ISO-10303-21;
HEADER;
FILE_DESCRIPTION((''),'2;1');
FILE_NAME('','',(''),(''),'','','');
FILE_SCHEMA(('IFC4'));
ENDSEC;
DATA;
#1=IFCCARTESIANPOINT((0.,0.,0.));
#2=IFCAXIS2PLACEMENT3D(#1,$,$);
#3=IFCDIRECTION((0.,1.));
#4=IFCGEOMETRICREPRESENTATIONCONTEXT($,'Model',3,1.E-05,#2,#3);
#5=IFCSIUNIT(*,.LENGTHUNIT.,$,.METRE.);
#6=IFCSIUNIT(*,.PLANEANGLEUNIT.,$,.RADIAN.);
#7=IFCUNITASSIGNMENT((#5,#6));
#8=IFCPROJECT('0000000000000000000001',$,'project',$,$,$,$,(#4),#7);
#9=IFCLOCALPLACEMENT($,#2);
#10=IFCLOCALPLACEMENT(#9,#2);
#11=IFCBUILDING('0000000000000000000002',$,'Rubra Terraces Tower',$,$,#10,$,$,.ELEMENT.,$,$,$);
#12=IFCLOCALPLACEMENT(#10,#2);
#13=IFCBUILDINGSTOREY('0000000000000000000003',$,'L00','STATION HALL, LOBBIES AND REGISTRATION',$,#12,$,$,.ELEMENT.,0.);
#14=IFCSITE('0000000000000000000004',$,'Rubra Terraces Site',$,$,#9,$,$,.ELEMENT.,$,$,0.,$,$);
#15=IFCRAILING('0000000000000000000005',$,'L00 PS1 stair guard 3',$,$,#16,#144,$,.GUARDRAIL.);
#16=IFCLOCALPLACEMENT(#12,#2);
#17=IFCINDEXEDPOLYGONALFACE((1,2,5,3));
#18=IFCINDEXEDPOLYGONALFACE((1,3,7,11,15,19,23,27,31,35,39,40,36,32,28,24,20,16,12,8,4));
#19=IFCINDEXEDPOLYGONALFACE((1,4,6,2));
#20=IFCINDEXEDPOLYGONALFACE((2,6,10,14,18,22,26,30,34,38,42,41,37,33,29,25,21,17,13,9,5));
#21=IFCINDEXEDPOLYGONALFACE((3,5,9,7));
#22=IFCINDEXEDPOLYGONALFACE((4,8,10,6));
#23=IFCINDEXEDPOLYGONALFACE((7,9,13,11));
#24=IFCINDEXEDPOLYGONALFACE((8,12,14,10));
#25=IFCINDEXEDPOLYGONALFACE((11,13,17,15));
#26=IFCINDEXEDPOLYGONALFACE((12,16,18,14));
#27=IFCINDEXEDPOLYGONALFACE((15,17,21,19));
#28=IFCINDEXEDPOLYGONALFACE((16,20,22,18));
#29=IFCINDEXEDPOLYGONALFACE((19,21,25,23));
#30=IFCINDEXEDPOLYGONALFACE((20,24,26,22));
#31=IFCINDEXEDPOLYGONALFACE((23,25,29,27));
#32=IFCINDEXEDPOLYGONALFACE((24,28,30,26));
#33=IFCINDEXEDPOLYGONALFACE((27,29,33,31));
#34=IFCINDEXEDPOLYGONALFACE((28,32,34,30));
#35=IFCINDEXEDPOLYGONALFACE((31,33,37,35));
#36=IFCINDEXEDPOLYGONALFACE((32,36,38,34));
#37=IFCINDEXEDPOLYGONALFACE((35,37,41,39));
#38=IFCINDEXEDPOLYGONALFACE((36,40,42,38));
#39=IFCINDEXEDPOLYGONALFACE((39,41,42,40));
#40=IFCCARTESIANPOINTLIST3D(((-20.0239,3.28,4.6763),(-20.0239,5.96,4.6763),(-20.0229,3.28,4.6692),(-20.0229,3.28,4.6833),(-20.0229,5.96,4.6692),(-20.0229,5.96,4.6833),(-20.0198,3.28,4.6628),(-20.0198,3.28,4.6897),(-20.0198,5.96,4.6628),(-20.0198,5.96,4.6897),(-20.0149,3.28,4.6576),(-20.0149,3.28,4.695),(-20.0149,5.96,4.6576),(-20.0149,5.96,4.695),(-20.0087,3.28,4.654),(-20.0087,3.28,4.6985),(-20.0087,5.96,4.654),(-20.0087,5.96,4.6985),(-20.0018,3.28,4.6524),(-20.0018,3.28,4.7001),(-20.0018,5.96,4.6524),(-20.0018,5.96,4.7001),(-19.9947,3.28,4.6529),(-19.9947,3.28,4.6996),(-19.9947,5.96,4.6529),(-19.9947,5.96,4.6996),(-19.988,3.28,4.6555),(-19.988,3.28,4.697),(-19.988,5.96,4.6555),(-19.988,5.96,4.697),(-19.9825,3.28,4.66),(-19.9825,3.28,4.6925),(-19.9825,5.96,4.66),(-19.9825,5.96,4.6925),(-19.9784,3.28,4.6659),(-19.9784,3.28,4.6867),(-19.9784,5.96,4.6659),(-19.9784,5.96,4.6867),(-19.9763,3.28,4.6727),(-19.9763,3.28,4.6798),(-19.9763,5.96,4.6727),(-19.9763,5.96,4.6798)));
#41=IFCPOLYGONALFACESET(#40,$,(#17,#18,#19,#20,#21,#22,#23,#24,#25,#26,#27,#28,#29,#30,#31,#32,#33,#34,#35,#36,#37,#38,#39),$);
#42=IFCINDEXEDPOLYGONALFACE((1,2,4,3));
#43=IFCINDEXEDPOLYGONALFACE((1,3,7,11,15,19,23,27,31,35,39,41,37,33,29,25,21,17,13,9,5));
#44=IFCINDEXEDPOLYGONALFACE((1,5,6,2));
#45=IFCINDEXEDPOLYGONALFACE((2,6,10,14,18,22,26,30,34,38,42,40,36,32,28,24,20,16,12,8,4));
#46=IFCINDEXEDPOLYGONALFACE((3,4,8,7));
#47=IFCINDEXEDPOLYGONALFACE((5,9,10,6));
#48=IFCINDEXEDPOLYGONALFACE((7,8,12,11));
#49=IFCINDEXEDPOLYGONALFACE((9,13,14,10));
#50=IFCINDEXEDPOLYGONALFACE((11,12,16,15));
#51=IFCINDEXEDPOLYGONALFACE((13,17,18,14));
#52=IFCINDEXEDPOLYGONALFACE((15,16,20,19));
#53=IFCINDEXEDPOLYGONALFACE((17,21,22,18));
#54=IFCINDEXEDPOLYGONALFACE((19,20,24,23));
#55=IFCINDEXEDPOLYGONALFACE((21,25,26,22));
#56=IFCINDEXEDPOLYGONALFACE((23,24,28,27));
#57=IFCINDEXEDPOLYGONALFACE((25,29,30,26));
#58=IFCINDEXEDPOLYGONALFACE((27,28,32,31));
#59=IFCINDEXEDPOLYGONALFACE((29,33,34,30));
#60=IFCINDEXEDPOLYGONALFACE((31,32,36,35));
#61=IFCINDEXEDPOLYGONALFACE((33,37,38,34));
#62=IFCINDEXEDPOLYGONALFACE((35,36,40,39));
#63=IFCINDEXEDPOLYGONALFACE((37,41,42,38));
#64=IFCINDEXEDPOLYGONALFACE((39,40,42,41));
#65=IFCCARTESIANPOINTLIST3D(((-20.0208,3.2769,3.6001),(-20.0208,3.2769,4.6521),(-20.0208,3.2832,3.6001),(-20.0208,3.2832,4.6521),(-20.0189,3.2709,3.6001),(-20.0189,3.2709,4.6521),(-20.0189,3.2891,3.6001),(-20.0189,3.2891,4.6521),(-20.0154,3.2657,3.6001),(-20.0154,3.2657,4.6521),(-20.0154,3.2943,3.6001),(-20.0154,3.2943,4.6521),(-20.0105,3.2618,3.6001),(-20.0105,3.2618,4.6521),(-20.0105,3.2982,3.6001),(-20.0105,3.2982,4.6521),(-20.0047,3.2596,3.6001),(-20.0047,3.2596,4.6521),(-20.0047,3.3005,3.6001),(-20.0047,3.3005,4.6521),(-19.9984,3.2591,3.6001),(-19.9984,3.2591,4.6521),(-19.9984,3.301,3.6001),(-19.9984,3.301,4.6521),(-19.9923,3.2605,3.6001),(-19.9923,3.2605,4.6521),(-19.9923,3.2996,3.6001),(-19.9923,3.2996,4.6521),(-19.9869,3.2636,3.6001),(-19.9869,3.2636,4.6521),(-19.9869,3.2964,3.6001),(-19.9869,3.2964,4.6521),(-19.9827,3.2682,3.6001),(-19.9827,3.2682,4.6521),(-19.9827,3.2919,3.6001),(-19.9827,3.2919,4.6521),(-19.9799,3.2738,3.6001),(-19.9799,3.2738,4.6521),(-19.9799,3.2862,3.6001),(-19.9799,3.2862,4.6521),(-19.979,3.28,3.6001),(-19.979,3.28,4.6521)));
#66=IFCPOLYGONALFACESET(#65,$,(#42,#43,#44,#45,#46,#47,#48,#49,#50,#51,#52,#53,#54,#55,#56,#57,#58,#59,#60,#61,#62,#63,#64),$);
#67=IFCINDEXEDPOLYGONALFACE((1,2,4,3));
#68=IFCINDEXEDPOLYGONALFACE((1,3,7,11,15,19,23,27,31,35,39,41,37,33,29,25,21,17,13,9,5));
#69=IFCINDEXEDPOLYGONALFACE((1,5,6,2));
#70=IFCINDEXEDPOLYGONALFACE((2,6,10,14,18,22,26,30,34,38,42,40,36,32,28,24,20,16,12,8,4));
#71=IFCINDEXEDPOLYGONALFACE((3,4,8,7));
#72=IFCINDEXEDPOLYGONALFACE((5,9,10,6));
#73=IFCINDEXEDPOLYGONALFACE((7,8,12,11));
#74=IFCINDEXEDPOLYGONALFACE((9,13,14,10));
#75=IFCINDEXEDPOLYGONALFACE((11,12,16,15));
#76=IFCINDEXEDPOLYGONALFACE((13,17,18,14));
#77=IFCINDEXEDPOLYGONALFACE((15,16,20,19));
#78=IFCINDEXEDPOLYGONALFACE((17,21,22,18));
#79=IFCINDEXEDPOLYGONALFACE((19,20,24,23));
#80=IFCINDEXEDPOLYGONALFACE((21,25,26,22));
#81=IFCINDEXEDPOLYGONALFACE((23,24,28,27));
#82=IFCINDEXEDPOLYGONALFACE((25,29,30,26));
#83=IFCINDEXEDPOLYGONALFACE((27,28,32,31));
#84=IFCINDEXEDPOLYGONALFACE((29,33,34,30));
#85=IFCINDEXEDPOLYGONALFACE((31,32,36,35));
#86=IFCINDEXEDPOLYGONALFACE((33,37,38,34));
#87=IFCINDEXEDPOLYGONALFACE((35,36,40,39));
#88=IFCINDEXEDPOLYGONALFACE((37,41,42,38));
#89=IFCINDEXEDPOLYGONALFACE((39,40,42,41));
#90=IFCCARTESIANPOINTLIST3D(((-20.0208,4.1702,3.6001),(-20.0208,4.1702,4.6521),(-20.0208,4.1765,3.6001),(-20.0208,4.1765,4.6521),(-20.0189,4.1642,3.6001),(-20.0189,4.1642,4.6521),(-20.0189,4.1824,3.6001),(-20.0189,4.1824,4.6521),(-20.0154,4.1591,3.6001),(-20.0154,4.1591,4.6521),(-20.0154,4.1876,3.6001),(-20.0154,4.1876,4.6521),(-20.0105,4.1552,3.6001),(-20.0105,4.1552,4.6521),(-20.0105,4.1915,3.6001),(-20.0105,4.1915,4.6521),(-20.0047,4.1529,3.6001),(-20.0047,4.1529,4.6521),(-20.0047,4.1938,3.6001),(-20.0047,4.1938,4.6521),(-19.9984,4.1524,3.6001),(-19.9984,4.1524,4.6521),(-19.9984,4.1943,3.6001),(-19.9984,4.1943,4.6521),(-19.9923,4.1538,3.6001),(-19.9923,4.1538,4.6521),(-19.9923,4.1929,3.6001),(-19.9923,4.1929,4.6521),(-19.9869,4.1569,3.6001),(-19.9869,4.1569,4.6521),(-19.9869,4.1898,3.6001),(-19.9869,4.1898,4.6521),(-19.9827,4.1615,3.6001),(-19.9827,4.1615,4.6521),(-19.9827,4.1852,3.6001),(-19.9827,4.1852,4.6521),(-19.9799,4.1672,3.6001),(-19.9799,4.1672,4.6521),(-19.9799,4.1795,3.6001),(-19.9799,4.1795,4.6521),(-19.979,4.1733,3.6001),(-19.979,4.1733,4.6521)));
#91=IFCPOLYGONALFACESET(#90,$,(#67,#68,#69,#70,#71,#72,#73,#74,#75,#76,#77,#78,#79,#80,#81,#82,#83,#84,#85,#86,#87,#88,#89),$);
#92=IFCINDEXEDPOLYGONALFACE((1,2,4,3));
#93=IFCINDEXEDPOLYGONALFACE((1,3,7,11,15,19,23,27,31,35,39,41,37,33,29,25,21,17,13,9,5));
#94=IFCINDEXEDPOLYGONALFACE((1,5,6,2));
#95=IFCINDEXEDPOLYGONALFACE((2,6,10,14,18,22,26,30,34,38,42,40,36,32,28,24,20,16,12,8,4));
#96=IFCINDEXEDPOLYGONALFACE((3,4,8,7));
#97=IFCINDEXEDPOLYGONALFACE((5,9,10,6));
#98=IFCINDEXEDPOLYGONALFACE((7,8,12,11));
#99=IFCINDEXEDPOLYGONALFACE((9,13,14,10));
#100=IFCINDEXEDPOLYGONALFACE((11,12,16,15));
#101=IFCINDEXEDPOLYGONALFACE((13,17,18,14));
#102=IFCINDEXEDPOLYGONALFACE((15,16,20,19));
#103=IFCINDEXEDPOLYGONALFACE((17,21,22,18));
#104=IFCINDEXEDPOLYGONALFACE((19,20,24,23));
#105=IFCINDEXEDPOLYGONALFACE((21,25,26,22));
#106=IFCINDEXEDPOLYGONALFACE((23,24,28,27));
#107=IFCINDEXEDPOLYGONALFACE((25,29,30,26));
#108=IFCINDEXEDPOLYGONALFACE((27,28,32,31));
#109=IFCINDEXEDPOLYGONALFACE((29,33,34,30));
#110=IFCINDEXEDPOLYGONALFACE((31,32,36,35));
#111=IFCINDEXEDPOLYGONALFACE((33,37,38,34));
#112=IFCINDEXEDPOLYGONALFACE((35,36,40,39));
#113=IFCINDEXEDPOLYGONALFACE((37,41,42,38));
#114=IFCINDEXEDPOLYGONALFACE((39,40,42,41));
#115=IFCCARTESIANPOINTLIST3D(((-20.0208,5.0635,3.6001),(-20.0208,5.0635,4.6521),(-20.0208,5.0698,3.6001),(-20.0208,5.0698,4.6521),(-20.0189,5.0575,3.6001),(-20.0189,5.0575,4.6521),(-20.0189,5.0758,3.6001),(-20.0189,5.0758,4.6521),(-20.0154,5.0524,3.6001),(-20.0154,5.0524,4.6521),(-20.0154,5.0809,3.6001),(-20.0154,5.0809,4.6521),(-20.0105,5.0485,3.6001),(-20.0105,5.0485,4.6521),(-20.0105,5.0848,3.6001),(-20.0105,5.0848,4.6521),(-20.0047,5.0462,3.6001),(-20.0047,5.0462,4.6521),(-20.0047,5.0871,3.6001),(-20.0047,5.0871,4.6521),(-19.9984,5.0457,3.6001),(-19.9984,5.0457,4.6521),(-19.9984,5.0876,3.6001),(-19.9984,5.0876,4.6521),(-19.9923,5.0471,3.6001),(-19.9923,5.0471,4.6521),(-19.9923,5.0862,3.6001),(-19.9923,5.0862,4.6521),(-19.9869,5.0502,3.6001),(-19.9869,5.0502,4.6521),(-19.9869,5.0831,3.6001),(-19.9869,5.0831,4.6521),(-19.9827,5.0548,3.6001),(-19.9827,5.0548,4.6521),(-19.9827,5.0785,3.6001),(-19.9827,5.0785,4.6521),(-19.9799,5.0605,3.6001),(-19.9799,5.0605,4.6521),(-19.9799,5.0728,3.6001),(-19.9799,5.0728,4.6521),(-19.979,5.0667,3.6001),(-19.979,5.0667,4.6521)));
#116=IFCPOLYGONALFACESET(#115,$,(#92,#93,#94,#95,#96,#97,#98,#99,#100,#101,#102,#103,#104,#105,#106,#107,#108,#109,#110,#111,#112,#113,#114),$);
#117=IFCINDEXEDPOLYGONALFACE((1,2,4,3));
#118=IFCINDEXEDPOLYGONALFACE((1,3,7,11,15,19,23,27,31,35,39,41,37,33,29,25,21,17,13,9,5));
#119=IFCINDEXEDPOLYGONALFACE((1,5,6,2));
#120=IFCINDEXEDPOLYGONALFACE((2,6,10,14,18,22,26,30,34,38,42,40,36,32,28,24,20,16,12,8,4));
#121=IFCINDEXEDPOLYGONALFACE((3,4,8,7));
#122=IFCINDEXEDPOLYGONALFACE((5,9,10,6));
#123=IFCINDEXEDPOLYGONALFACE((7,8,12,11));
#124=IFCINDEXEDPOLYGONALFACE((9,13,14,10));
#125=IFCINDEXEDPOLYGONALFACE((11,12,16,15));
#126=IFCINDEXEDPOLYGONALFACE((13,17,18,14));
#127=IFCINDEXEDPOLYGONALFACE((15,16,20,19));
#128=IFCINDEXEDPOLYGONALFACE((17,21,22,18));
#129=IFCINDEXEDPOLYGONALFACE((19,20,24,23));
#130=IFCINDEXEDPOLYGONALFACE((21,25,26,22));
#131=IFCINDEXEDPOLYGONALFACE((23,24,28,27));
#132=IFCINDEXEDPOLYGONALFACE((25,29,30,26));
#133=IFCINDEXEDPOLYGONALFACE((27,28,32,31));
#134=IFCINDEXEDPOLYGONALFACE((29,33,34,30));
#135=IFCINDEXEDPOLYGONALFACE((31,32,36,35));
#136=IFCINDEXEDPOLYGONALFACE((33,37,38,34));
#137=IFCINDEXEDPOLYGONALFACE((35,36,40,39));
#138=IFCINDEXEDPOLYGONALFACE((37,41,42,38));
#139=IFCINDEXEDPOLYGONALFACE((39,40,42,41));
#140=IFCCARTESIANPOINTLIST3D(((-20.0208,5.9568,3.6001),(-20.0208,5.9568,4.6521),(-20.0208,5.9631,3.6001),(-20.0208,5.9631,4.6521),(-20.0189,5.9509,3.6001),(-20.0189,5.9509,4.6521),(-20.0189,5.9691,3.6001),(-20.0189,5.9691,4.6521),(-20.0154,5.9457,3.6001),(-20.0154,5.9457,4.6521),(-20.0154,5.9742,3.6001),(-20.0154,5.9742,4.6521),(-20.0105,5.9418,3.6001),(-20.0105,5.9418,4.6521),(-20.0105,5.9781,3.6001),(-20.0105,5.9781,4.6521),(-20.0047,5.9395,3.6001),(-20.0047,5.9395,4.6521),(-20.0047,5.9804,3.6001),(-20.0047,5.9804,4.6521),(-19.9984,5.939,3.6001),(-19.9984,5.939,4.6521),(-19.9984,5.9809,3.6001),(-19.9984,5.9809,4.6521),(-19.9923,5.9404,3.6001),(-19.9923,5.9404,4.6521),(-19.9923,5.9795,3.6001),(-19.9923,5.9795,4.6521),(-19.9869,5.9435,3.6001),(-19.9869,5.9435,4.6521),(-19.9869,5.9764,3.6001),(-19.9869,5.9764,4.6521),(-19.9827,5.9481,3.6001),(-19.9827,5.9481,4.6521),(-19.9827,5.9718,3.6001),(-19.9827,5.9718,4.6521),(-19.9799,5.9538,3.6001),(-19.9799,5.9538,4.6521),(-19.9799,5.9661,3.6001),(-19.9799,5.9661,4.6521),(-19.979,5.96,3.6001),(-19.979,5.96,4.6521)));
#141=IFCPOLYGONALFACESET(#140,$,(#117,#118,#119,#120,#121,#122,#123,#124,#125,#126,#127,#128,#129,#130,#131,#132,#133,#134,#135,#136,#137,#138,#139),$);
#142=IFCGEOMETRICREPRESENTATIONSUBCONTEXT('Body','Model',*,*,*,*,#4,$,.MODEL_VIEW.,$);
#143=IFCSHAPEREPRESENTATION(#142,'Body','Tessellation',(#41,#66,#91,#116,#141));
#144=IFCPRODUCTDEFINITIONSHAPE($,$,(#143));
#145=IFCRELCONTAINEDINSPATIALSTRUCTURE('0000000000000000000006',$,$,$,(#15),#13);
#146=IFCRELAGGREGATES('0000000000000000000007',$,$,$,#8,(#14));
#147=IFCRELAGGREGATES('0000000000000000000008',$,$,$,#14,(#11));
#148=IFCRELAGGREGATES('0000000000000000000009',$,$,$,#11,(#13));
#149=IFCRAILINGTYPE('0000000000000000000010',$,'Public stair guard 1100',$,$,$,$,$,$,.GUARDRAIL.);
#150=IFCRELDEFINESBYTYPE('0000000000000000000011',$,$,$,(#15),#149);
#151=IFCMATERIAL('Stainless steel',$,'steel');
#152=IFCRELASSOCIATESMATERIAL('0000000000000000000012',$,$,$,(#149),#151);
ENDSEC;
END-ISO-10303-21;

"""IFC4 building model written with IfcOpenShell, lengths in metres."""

from ifc_helpers import new_model, si_unit, direction, frame, origin, origin_2d, place, context, subcontext, project, spatial, circle, extrude, material, type_object, element, save


model = new_model("IFC4")

# Units and contexts
model_context = context("Model", 3, precision=1e-05, world=origin(), true_north=direction((0.0, 1.0)))
body_context = subcontext(model_context, "Body", "Model", "MODEL_VIEW")
ifc_project = project(units=[si_unit("LENGTHUNIT", "METRE"), si_unit("PLANEANGLEUNIT", "RADIAN")], contexts=[model_context])

# Site, building, storey
site_placement = place(None, origin())
site = spatial("IfcSite", under=ifc_project, at=site_placement, Name="Rubra Terraces Site", CompositionType="ELEMENT", RefElevation=0.0)
building_placement = place(site_placement, origin())
building = spatial("IfcBuilding", under=site, at=building_placement, Name="Rubra Terraces Tower", CompositionType="ELEMENT")
storey_placement = place(building_placement, origin())
storey = spatial("IfcBuildingStorey", under=building, at=storey_placement, Name="L00", Description="STATION HALL, LOBBIES AND REGISTRATION", CompositionType="ELEMENT", Elevation=0.0)

# Railing
ifc_material_1 = material(Name="Stainless steel", Category="steel")
railing_type_1 = type_object("IfcRailingType", Name="Public stair guard 1100", PredefinedType="GUARDRAIL", material=ifc_material_1)
for number, where, name in (
    (1, (-20.0, 3.28, 3.6001), "L00 PS1 stair guard 3"),
):
    element("IfcRailing", number, at=place(storey_placement, frame(where)), inside=storey, type_object=railing_type_1, Name=name, PredefinedType="GUARDRAIL", context=body_context, shape_type="SweptSolid", body=[
        extrude(circle(Radius=0.0239, at=origin_2d()), frame((0.0, 0.0, 1.0762), z_axis=(0.0, 1.0, 0.0), x_axis=(-1.0, 0.0, 0.0)), (0.0, 0.0, 1.0), 2.6799),
        extrude(circle(Radius=0.021, at=origin_2d()), origin(), (0.0, 0.0, 1.0), 1.052),
        extrude(circle(Radius=0.021, at=origin_2d()), frame((0.0, 0.8933, 0.0)), (0.0, 0.0, 1.0), 1.052),
        extrude(circle(Radius=0.021, at=origin_2d()), frame((0.0, 1.7866, 0.0)), (0.0, 0.0, 1.0), 1.052),
        extrude(circle(Radius=0.021, at=origin_2d()), frame((0.0, 2.6799, 0.0)), (0.0, 0.0, 1.0), 1.052),
    ])

save(model, "model.ifc")
